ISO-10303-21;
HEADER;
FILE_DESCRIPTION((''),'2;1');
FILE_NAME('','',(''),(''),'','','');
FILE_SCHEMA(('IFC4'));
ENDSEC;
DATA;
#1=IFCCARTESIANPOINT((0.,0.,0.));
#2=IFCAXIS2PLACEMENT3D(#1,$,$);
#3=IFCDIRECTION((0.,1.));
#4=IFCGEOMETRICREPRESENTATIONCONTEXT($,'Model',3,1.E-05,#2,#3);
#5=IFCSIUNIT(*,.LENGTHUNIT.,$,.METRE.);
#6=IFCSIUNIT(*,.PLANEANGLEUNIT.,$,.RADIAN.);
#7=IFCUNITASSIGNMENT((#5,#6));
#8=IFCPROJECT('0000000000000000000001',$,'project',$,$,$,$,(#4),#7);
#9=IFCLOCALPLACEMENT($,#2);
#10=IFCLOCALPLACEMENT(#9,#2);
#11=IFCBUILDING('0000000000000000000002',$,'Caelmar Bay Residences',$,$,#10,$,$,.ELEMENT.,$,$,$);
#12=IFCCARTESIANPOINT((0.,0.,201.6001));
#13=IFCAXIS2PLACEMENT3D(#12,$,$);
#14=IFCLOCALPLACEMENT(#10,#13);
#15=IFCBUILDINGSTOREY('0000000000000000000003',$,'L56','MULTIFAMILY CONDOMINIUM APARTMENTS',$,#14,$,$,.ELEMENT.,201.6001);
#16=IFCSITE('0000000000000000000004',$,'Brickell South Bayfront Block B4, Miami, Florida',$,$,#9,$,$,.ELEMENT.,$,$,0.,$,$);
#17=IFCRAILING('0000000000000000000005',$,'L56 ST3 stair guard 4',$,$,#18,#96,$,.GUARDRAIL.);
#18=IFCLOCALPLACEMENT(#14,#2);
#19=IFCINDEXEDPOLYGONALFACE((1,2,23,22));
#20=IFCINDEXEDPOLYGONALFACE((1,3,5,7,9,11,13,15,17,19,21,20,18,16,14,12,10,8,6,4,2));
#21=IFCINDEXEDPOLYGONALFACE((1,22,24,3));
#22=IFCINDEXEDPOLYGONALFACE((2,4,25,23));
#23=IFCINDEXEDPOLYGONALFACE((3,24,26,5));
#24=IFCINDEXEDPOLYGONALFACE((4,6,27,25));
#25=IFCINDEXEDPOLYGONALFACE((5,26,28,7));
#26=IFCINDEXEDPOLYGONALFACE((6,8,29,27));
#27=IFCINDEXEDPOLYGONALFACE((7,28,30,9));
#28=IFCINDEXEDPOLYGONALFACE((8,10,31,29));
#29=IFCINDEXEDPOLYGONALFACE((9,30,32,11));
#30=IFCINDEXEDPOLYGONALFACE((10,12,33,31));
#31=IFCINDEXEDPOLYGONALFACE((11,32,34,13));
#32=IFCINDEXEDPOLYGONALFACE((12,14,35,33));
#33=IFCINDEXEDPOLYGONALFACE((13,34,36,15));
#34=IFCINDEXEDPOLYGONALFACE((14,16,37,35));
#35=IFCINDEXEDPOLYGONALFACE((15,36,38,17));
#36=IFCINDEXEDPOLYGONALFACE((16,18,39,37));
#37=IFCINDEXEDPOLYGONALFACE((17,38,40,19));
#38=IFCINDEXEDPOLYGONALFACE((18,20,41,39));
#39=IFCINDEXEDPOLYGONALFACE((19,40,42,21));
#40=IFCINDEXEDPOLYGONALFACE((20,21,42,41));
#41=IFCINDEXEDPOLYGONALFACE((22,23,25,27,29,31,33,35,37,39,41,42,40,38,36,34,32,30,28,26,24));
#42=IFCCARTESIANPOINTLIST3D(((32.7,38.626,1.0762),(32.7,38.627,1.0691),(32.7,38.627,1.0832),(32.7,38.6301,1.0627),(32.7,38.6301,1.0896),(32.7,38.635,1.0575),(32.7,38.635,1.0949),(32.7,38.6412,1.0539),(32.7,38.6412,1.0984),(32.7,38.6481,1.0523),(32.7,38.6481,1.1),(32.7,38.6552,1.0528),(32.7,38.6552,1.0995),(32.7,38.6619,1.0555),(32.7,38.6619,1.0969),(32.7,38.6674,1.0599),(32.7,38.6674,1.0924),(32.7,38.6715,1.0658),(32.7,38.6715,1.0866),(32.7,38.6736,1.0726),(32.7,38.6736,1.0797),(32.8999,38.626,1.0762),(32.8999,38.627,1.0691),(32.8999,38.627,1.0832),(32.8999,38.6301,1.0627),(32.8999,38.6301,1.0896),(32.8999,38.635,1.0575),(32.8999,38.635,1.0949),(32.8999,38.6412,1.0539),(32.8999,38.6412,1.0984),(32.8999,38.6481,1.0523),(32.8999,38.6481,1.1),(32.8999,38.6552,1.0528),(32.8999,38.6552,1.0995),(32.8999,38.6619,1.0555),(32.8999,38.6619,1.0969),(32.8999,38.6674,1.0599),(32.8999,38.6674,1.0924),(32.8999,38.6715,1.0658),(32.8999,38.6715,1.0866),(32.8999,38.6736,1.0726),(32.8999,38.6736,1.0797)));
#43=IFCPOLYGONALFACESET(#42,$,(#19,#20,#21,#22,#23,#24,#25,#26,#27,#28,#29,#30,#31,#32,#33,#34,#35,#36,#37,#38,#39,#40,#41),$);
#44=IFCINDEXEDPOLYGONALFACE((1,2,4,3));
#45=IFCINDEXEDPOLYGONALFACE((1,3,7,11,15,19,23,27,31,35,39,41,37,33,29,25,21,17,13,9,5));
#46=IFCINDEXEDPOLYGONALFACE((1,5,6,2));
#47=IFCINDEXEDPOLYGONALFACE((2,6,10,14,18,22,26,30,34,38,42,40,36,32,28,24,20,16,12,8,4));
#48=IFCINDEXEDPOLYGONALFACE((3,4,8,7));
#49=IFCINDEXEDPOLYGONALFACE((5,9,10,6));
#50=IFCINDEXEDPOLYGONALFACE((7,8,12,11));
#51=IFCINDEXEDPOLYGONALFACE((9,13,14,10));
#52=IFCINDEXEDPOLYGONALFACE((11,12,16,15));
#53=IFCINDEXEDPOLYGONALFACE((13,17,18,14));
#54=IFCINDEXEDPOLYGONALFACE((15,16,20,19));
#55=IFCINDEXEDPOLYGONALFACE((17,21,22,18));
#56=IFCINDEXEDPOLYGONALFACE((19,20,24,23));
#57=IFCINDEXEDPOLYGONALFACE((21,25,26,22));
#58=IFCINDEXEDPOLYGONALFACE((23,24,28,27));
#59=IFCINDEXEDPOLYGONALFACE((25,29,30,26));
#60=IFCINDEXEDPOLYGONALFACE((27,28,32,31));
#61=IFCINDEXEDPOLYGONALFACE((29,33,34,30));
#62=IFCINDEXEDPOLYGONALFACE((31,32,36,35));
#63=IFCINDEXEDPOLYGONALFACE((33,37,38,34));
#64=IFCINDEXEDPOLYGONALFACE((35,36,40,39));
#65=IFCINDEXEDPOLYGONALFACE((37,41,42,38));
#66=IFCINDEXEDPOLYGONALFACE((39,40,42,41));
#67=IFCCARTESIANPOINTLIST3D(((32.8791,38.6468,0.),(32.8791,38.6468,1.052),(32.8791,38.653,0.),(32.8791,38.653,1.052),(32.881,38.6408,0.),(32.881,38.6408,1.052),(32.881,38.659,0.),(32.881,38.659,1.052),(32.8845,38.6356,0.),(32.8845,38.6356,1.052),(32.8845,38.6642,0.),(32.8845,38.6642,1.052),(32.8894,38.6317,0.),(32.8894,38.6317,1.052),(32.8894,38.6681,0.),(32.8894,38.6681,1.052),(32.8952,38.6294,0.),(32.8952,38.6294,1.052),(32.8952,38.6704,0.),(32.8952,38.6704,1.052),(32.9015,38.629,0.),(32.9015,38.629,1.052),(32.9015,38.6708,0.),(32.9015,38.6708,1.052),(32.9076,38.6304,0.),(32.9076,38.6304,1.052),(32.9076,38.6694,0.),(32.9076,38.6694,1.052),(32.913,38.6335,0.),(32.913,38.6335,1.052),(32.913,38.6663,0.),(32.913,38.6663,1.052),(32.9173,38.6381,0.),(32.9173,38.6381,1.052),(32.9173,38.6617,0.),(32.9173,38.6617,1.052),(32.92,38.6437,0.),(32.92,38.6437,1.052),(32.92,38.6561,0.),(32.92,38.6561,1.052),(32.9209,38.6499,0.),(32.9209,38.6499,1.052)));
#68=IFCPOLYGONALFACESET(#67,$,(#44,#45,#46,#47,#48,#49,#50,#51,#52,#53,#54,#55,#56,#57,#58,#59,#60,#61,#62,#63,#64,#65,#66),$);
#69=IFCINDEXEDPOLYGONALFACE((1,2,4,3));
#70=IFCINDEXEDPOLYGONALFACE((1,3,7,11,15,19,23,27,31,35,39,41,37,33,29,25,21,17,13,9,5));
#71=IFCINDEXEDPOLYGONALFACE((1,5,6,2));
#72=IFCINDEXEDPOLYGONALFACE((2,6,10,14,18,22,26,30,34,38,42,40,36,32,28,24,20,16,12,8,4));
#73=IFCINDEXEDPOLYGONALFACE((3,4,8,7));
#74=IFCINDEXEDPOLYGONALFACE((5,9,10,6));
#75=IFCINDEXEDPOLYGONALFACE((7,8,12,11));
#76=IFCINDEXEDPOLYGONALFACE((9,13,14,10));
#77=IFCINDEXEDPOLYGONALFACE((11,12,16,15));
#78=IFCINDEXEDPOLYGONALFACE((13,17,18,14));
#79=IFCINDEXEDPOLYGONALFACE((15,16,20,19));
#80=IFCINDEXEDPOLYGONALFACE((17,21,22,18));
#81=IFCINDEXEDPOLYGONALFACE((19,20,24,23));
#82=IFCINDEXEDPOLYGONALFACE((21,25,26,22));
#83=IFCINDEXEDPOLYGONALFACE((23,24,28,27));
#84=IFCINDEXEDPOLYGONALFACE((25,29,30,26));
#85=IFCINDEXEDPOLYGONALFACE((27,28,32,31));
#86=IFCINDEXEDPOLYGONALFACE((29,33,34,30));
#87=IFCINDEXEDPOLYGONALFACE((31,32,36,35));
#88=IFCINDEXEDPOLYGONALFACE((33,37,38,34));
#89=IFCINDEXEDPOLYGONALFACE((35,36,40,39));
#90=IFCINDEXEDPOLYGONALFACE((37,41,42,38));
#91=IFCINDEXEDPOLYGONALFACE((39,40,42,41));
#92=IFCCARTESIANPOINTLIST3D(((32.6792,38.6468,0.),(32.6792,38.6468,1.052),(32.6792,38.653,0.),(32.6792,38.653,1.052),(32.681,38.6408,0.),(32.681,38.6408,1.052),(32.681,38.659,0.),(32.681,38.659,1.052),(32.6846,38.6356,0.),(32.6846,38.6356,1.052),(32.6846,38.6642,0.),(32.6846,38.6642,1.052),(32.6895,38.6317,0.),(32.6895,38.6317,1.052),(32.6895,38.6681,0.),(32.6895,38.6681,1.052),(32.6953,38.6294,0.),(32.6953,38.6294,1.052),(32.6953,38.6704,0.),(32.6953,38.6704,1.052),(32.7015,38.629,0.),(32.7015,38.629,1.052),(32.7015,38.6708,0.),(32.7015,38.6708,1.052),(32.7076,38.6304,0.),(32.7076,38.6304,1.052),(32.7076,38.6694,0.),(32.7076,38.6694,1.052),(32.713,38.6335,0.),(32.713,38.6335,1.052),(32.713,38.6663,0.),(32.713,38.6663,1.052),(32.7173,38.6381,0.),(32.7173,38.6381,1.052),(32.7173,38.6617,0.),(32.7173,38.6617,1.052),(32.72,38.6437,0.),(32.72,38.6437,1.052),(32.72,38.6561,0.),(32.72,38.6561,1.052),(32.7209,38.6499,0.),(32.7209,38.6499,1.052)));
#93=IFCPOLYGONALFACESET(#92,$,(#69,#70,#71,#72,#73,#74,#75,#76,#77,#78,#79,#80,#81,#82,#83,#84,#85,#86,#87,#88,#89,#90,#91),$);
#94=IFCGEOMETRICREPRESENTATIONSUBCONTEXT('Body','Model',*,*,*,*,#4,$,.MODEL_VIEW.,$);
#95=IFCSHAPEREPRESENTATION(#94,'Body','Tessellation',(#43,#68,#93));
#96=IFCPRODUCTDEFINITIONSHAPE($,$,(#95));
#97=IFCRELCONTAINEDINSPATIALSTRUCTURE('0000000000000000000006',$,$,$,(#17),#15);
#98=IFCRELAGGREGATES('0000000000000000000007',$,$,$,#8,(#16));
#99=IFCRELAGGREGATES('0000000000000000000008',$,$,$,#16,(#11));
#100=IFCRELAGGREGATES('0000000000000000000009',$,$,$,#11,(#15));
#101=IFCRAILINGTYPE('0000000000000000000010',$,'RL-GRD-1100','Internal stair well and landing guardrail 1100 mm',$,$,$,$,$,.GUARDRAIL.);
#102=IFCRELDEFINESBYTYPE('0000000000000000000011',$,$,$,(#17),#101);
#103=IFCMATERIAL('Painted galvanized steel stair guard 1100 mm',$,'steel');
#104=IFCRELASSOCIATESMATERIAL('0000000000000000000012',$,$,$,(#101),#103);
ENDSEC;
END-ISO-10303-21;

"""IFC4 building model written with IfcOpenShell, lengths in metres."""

from ifc_helpers import new_model, si_unit, direction, frame, origin, origin_2d, place, context, subcontext, project, spatial, circle, extrude, material, type_object, element, save


model = new_model("IFC4")

# Units and contexts
model_context = context("Model", 3, precision=1e-05, world=origin(), true_north=direction((0.0, 1.0)))
body_context = subcontext(model_context, "Body", "Model", "MODEL_VIEW")
ifc_project = project(units=[si_unit("LENGTHUNIT", "METRE"), si_unit("PLANEANGLEUNIT", "RADIAN")], contexts=[model_context])

# Site, building, storey
site_placement = place(None, origin())
site = spatial("IfcSite", under=ifc_project, at=site_placement, Name="Brickell South Bayfront Block B4, Miami, Florida", CompositionType="ELEMENT", RefElevation=0.0)
building_placement = place(site_placement, origin())
building = spatial("IfcBuilding", under=site, at=building_placement, Name="Caelmar Bay Residences", CompositionType="ELEMENT")
storey_placement = place(building_placement, frame((0.0, 0.0, 201.6001)))
storey = spatial("IfcBuildingStorey", under=building, at=storey_placement, Name="L56", Description="MULTIFAMILY CONDOMINIUM APARTMENTS", CompositionType="ELEMENT", Elevation=201.6001)

# Railing
ifc_material_1 = material(Name="Painted galvanized steel stair guard 1100 mm", Category="steel")
railing_type_1 = type_object("IfcRailingType", Name="RL-GRD-1100", Description="Internal stair well and landing guardrail 1100 mm", PredefinedType="GUARDRAIL", material=ifc_material_1)
railing_1_placement = place(storey_placement, frame((32.8999, 38.6499, 0.0)))
element("IfcRailing", 1, at=railing_1_placement, inside=storey, type_object=railing_type_1, Name="L56 ST3 stair guard 4", PredefinedType="GUARDRAIL", context=body_context, shape_type="SweptSolid", body=[
    extrude(circle(Radius=0.0239, at=origin_2d()), frame((0.0, 0.0, 1.0762), z_axis=(-1.0, 0.0, 0.0), x_axis=(0.0, -1.0, 0.0)), (0.0, 0.0, 1.0), 0.2),
    extrude(circle(Radius=0.021, at=origin_2d()), origin(), (0.0, 0.0, 1.0), 1.052),
    extrude(circle(Radius=0.021, at=origin_2d()), frame((-0.2, 0.0, 0.0)), (0.0, 0.0, 1.0), 1.052),
])

save(model, "model.ifc")
